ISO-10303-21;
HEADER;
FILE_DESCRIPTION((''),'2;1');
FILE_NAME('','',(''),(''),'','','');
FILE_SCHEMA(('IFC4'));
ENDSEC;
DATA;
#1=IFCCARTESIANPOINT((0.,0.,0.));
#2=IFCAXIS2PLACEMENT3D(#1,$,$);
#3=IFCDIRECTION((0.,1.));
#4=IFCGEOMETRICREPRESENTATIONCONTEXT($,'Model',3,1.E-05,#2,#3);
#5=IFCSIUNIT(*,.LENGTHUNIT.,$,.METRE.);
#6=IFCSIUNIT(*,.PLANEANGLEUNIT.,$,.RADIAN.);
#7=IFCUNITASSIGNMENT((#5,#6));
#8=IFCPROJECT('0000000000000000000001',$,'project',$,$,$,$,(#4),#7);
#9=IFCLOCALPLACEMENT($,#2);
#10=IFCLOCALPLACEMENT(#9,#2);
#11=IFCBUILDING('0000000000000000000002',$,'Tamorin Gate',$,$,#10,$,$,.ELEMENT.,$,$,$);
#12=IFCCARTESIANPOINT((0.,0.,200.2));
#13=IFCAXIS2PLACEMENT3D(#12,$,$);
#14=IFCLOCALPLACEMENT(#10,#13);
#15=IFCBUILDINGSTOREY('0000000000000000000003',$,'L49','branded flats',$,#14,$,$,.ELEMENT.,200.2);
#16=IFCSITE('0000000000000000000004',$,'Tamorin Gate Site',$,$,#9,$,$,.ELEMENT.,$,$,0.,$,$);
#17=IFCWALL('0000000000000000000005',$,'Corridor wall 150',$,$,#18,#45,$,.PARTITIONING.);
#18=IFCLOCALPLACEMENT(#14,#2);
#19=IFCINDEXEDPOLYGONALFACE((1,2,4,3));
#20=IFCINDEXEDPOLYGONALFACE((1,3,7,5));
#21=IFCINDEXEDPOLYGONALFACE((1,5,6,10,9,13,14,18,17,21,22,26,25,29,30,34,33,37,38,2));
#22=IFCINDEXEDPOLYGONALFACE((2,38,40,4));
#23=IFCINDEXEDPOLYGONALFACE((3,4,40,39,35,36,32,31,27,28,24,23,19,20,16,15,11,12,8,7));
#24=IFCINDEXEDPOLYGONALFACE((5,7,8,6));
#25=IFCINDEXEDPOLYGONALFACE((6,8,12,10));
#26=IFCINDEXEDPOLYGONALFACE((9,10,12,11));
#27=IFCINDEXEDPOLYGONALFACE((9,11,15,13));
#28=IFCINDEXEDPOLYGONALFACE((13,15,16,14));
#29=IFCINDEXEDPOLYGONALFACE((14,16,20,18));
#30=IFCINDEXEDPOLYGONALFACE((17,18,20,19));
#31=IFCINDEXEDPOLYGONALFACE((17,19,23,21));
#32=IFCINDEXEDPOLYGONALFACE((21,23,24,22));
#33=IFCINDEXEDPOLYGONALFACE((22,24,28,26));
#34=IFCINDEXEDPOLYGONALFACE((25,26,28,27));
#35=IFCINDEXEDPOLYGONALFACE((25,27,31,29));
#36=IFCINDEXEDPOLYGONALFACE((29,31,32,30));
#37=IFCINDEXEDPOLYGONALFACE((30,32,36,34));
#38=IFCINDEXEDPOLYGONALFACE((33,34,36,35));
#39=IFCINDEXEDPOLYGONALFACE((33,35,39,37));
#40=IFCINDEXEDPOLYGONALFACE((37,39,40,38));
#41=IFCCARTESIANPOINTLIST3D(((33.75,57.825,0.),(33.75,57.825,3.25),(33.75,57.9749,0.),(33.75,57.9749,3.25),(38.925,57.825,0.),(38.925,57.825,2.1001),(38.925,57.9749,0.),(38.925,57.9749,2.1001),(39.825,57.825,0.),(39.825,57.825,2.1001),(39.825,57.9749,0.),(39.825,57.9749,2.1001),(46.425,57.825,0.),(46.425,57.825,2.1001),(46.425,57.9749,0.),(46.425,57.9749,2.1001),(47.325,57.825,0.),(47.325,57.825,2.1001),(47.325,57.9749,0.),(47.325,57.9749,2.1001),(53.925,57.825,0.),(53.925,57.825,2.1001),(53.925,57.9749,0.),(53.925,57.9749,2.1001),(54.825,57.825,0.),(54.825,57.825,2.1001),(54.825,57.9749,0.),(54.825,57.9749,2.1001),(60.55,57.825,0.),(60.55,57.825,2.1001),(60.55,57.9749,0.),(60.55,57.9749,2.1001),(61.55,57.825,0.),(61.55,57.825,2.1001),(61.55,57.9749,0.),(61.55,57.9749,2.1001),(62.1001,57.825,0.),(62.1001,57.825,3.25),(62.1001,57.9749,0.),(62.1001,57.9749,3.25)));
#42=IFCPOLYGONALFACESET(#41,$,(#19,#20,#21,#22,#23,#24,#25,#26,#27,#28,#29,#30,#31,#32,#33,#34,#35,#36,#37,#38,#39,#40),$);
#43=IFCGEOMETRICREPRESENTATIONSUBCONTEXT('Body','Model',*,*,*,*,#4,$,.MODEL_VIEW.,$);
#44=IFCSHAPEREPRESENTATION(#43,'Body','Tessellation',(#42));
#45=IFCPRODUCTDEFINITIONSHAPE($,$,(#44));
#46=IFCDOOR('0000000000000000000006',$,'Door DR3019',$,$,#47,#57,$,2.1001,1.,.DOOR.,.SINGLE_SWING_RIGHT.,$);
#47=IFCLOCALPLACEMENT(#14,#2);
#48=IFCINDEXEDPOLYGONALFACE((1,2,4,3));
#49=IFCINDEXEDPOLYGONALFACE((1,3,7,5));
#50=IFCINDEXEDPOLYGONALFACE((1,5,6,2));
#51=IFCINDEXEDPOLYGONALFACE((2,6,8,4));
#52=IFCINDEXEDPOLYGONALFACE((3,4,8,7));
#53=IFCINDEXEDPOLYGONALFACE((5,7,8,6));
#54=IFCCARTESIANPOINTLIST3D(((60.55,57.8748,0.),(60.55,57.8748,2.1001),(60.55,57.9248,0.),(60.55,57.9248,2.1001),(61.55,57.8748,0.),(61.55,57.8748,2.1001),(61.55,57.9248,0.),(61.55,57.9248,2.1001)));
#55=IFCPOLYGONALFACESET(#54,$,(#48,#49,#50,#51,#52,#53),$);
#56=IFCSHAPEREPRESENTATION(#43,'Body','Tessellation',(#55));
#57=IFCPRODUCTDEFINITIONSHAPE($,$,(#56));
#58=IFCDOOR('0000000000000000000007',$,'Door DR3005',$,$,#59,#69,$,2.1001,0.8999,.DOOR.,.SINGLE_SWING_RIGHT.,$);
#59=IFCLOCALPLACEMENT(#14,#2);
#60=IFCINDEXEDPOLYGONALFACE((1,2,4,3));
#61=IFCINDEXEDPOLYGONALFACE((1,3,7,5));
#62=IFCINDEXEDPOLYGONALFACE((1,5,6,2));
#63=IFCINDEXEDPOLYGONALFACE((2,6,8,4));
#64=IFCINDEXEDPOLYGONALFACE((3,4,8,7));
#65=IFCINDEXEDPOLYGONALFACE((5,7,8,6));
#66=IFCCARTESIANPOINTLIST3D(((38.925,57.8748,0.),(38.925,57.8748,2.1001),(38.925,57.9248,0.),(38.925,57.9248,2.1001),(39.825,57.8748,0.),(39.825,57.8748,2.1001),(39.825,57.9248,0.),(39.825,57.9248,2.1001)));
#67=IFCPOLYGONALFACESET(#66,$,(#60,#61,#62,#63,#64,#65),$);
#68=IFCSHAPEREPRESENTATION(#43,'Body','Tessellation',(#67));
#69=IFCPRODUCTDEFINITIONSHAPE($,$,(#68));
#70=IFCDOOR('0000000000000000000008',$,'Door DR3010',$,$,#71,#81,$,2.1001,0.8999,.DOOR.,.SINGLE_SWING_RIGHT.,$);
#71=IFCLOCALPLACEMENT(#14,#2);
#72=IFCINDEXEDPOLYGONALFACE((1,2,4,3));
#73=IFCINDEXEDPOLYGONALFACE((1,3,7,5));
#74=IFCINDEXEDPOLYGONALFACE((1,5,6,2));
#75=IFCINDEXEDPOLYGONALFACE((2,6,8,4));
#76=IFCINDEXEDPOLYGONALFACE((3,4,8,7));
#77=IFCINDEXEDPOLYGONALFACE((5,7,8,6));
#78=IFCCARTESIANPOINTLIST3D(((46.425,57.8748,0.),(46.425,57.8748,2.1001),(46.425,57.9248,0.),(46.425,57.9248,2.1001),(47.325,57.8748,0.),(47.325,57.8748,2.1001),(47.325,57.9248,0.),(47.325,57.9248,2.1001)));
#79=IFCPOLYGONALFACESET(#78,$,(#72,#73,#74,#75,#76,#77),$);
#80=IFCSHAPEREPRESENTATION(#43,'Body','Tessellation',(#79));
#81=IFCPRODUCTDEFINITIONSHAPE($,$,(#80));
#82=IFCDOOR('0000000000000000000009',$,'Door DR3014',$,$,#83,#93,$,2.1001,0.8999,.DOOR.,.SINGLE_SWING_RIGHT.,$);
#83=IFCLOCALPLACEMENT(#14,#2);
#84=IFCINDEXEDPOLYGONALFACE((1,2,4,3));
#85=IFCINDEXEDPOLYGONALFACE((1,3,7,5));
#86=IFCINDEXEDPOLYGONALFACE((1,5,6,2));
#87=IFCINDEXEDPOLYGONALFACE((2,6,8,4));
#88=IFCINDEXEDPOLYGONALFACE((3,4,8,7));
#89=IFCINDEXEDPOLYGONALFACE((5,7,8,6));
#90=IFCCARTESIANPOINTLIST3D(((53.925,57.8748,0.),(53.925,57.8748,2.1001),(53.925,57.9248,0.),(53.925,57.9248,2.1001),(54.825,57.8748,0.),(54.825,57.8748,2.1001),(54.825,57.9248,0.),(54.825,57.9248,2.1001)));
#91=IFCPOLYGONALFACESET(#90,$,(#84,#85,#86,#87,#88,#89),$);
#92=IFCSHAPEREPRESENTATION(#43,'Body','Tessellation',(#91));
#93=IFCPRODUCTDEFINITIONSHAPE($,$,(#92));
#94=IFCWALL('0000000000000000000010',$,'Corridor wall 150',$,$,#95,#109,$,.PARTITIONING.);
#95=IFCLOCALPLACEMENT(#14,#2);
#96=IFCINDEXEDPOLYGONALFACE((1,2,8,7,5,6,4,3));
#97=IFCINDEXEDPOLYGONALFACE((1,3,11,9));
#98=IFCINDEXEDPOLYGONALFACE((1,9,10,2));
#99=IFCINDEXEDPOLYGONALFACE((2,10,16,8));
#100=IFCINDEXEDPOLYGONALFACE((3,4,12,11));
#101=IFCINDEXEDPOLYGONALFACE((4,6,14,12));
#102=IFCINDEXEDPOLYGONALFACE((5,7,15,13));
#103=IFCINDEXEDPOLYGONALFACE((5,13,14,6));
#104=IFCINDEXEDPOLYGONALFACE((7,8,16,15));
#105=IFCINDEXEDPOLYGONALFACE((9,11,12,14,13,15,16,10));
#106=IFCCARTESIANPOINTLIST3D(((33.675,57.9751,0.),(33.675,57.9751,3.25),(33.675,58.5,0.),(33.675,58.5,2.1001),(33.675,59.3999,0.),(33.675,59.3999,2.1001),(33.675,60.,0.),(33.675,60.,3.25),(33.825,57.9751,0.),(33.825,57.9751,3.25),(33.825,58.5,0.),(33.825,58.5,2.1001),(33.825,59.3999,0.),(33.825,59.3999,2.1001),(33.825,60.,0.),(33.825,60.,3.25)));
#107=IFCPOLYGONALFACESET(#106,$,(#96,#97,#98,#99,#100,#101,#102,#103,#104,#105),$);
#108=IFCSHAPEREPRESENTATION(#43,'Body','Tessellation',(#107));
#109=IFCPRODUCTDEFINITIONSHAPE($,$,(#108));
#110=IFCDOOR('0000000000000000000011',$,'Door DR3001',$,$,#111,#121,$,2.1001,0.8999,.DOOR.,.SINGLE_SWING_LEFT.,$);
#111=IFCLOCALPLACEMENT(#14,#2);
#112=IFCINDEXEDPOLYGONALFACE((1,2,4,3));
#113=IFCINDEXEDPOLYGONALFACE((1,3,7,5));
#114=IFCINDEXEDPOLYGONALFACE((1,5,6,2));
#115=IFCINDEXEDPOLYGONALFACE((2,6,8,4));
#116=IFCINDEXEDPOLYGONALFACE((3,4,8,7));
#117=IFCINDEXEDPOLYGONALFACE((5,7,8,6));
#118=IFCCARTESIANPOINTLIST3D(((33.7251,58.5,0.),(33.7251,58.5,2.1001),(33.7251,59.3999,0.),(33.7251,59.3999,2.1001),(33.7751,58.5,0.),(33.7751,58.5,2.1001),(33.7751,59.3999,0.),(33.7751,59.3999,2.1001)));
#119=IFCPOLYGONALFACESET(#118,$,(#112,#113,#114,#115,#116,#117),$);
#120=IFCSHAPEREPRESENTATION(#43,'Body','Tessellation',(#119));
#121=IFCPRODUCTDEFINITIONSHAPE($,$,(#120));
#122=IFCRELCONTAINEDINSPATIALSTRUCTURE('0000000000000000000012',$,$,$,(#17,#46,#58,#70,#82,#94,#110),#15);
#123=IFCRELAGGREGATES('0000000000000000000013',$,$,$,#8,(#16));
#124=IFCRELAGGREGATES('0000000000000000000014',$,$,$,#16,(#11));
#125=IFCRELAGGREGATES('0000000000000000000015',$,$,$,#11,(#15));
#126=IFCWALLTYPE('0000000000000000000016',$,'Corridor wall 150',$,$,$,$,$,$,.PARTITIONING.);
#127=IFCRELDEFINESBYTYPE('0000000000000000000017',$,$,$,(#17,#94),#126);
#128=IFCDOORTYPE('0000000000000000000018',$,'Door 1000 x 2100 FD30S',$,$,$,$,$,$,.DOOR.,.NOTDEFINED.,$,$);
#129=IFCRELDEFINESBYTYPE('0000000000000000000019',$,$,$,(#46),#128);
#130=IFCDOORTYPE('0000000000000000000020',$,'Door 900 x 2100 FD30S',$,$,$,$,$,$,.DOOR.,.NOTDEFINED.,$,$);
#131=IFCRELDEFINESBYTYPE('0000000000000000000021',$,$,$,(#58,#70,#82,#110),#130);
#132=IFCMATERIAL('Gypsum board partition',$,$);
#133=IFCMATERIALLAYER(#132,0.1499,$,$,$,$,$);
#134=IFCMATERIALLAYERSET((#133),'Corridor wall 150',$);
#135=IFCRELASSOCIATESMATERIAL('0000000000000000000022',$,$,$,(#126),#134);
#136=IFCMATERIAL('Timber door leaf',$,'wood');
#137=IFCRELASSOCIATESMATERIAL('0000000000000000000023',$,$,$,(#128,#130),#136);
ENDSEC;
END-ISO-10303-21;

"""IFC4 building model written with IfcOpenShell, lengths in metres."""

from ifc_helpers import new_model, si_unit, direction, frame, frame_2d, origin, place, context, subcontext, project, spatial, rectangle, extrude, material, layer, layer_set, type_object, element, fill, save


model = new_model("IFC4")

# Units and contexts
model_context = context("Model", 3, precision=1e-05, world=origin(), true_north=direction((0.0, 1.0)))
body_context = subcontext(model_context, "Body", "Model", "MODEL_VIEW")
ifc_project = project(units=[si_unit("LENGTHUNIT", "METRE"), si_unit("PLANEANGLEUNIT", "RADIAN")], contexts=[model_context])

# Site, building, storey
site_placement = place(None, origin())
site = spatial("IfcSite", under=ifc_project, at=site_placement, Name="Tamorin Gate Site", CompositionType="ELEMENT", RefElevation=0.0)
building_placement = place(site_placement, origin())
building = spatial("IfcBuilding", under=site, at=building_placement, Name="Tamorin Gate", CompositionType="ELEMENT")
storey_placement = place(building_placement, frame((0.0, 0.0, 200.2)))
storey = spatial("IfcBuildingStorey", under=building, at=storey_placement, Name="L49", Description="branded flats", CompositionType="ELEMENT", Elevation=200.2)

# Wall, openings, doors
ifc_material_1 = material(Name="Gypsum board partition")
ifc_layer_1 = layer(ifc_material_1, 0.1499)
ifc_layer_set_1 = layer_set([ifc_layer_1], Name="Corridor wall 150")
wall_type_1 = type_object("IfcWallType", Name="Corridor wall 150", PredefinedType="PARTITIONING", material=ifc_layer_set_1)
wall_1_placement = place(storey_placement, frame((33.75, 57.8999, 0.0), z_axis=(0.0, 0.0, 1.0), x_axis=(1.0, 0.0, 0.0)))
wall_1 = element("IfcWall", 1, at=wall_1_placement, inside=storey, type_object=wall_type_1, Name="Corridor wall 150", PredefinedType="PARTITIONING", context=body_context, shape_type="SweptSolid", body=[
    extrude(rectangle(XDim=28.3501, YDim=0.1499, at=frame_2d((14.175, 0.0))), origin(), (0.0, 0.0, 1.0), 3.25),
])
opening_1_placement = place(wall_1_placement, frame((5.175, 0.0, 0.0)))
opening_1 = element("IfcOpeningElement", 2, at=opening_1_placement, cuts=wall_1, PredefinedType="OPENING", context=body_context, shape_type="SweptSolid", body=[
    extrude(rectangle(XDim=0.8999, YDim=2.1001, at=frame_2d((0.45, 1.05))), frame((0.0, 0.085, 0.0), z_axis=(0.0, -1.0, 0.0), x_axis=(1.0, 0.0, 0.0)), (0.0, 0.0, 1.0), 0.1699),
])
opening_2_placement = place(wall_1_placement, frame((12.675, 0.0, 0.0)))
opening_2 = element("IfcOpeningElement", 3, at=opening_2_placement, cuts=wall_1, PredefinedType="OPENING", context=body_context, shape_type="SweptSolid", body=[
    extrude(rectangle(XDim=0.8999, YDim=2.1001, at=frame_2d((0.45, 1.05))), frame((0.0, 0.085, 0.0), z_axis=(0.0, -1.0, 0.0), x_axis=(1.0, 0.0, 0.0)), (0.0, 0.0, 1.0), 0.1699),
])
opening_3_placement = place(wall_1_placement, frame((20.175, 0.0, 0.0)))
opening_3 = element("IfcOpeningElement", 4, at=opening_3_placement, cuts=wall_1, PredefinedType="OPENING", context=body_context, shape_type="SweptSolid", body=[
    extrude(rectangle(XDim=0.8999, YDim=2.1001, at=frame_2d((0.45, 1.05))), frame((0.0, 0.085, 0.0), z_axis=(0.0, -1.0, 0.0), x_axis=(1.0, 0.0, 0.0)), (0.0, 0.0, 1.0), 0.1699),
])
opening_4_placement = place(wall_1_placement, frame((26.8, 0.0, 0.0)))
opening_4 = element("IfcOpeningElement", 5, at=opening_4_placement, cuts=wall_1, PredefinedType="OPENING", context=body_context, shape_type="SweptSolid", body=[
    extrude(rectangle(XDim=1.0, YDim=2.1001, at=frame_2d((0.5, 1.05))), frame((0.0, 0.085, 0.0), z_axis=(0.0, -1.0, 0.0), x_axis=(1.0, 0.0, 0.0)), (0.0, 0.0, 1.0), 0.1699),
])
ifc_material_2 = material(Name="Timber door leaf", Category="wood")
door_type_1 = type_object("IfcDoorType", Name="Door 1000 x 2100 FD30S", OperationType="NOTDEFINED", PredefinedType="DOOR", material=ifc_material_2)
door_1_placement = place(opening_4_placement, origin())
door_1 = element("IfcDoor", 6, at=door_1_placement, inside=storey, type_object=door_type_1, Name="Door DR3019", OperationType="SINGLE_SWING_RIGHT", OverallHeight=2.1001, OverallWidth=1.0, PredefinedType="DOOR", context=body_context, shape_type="SweptSolid", body=[
    extrude(rectangle(XDim=1.0, YDim=2.1001, at=frame_2d((0.5, 1.05))), frame((0.0, 0.0249, 0.0), z_axis=(0.0, -1.0, 0.0), x_axis=(1.0, 0.0, 0.0)), (0.0, 0.0, 1.0), 0.05),
])
fill(opening_4, door_1)
door_type_2 = type_object("IfcDoorType", Name="Door 900 x 2100 FD30S", OperationType="NOTDEFINED", PredefinedType="DOOR", material=ifc_material_2)
door_2_placement = place(opening_1_placement, origin())
door_2 = element("IfcDoor", 7, at=door_2_placement, inside=storey, type_object=door_type_2, Name="Door DR3005", OperationType="SINGLE_SWING_RIGHT", OverallHeight=2.1001, OverallWidth=0.8999, PredefinedType="DOOR", context=body_context, shape_type="SweptSolid", body=[
    extrude(rectangle(XDim=0.8999, YDim=2.1001, at=frame_2d((0.45, 1.05))), frame((0.0, 0.0249, 0.0), z_axis=(0.0, -1.0, 0.0), x_axis=(1.0, 0.0, 0.0)), (0.0, 0.0, 1.0), 0.05),
])
fill(opening_1, door_2)
door_3_placement = place(opening_2_placement, origin())
door_3 = element("IfcDoor", 8, at=door_3_placement, inside=storey, type_object=door_type_2, Name="Door DR3010", OperationType="SINGLE_SWING_RIGHT", OverallHeight=2.1001, OverallWidth=0.8999, PredefinedType="DOOR", context=body_context, shape_type="SweptSolid", body=[
    extrude(rectangle(XDim=0.8999, YDim=2.1001, at=frame_2d((0.45, 1.05))), frame((0.0, 0.0249, 0.0), z_axis=(0.0, -1.0, 0.0), x_axis=(1.0, 0.0, 0.0)), (0.0, 0.0, 1.0), 0.05),
])
fill(opening_2, door_3)
door_4_placement = place(opening_3_placement, origin())
door_4 = element("IfcDoor", 9, at=door_4_placement, inside=storey, type_object=door_type_2, Name="Door DR3014", OperationType="SINGLE_SWING_RIGHT", OverallHeight=2.1001, OverallWidth=0.8999, PredefinedType="DOOR", context=body_context, shape_type="SweptSolid", body=[
    extrude(rectangle(XDim=0.8999, YDim=2.1001, at=frame_2d((0.45, 1.05))), frame((0.0, 0.0249, 0.0), z_axis=(0.0, -1.0, 0.0), x_axis=(1.0, 0.0, 0.0)), (0.0, 0.0, 1.0), 0.05),
])
fill(opening_3, door_4)

# Wall, opening, door
wall_2_placement = place(storey_placement, frame((33.75, 57.9751, 0.0), z_axis=(0.0, 0.0, 1.0), x_axis=(0.0, 1.0, 0.0)))
wall_2 = element("IfcWall", 10, at=wall_2_placement, inside=storey, type_object=wall_type_1, Name="Corridor wall 150", PredefinedType="PARTITIONING", context=body_context, shape_type="SweptSolid", body=[
    extrude(rectangle(XDim=2.0249, YDim=0.1499, at=frame_2d((1.0125, 0.0))), origin(), (0.0, 0.0, 1.0), 3.25),
])
opening_5_placement = place(wall_2_placement, frame((0.5249, 0.0, 0.0)))
opening_5 = element("IfcOpeningElement", 11, at=opening_5_placement, cuts=wall_2, PredefinedType="OPENING", context=body_context, shape_type="SweptSolid", body=[
    extrude(rectangle(XDim=0.8999, YDim=2.1001, at=frame_2d((0.45, 1.05))), frame((0.0, 0.085, 0.0), z_axis=(0.0, -1.0, 0.0), x_axis=(1.0, 0.0, 0.0)), (0.0, 0.0, 1.0), 0.1699),
])
door_5_placement = place(opening_5_placement, origin())
door_5 = element("IfcDoor", 12, at=door_5_placement, inside=storey, type_object=door_type_2, Name="Door DR3001", OperationType="SINGLE_SWING_LEFT", OverallHeight=2.1001, OverallWidth=0.8999, PredefinedType="DOOR", context=body_context, shape_type="SweptSolid", body=[
    extrude(rectangle(XDim=0.8999, YDim=2.1001, at=frame_2d((0.45, 1.05))), frame((0.0, 0.0249, 0.0), z_axis=(0.0, -1.0, 0.0), x_axis=(1.0, 0.0, 0.0)), (0.0, 0.0, 1.0), 0.05),
])
fill(opening_5, door_5)

save(model, "model.ifc")
